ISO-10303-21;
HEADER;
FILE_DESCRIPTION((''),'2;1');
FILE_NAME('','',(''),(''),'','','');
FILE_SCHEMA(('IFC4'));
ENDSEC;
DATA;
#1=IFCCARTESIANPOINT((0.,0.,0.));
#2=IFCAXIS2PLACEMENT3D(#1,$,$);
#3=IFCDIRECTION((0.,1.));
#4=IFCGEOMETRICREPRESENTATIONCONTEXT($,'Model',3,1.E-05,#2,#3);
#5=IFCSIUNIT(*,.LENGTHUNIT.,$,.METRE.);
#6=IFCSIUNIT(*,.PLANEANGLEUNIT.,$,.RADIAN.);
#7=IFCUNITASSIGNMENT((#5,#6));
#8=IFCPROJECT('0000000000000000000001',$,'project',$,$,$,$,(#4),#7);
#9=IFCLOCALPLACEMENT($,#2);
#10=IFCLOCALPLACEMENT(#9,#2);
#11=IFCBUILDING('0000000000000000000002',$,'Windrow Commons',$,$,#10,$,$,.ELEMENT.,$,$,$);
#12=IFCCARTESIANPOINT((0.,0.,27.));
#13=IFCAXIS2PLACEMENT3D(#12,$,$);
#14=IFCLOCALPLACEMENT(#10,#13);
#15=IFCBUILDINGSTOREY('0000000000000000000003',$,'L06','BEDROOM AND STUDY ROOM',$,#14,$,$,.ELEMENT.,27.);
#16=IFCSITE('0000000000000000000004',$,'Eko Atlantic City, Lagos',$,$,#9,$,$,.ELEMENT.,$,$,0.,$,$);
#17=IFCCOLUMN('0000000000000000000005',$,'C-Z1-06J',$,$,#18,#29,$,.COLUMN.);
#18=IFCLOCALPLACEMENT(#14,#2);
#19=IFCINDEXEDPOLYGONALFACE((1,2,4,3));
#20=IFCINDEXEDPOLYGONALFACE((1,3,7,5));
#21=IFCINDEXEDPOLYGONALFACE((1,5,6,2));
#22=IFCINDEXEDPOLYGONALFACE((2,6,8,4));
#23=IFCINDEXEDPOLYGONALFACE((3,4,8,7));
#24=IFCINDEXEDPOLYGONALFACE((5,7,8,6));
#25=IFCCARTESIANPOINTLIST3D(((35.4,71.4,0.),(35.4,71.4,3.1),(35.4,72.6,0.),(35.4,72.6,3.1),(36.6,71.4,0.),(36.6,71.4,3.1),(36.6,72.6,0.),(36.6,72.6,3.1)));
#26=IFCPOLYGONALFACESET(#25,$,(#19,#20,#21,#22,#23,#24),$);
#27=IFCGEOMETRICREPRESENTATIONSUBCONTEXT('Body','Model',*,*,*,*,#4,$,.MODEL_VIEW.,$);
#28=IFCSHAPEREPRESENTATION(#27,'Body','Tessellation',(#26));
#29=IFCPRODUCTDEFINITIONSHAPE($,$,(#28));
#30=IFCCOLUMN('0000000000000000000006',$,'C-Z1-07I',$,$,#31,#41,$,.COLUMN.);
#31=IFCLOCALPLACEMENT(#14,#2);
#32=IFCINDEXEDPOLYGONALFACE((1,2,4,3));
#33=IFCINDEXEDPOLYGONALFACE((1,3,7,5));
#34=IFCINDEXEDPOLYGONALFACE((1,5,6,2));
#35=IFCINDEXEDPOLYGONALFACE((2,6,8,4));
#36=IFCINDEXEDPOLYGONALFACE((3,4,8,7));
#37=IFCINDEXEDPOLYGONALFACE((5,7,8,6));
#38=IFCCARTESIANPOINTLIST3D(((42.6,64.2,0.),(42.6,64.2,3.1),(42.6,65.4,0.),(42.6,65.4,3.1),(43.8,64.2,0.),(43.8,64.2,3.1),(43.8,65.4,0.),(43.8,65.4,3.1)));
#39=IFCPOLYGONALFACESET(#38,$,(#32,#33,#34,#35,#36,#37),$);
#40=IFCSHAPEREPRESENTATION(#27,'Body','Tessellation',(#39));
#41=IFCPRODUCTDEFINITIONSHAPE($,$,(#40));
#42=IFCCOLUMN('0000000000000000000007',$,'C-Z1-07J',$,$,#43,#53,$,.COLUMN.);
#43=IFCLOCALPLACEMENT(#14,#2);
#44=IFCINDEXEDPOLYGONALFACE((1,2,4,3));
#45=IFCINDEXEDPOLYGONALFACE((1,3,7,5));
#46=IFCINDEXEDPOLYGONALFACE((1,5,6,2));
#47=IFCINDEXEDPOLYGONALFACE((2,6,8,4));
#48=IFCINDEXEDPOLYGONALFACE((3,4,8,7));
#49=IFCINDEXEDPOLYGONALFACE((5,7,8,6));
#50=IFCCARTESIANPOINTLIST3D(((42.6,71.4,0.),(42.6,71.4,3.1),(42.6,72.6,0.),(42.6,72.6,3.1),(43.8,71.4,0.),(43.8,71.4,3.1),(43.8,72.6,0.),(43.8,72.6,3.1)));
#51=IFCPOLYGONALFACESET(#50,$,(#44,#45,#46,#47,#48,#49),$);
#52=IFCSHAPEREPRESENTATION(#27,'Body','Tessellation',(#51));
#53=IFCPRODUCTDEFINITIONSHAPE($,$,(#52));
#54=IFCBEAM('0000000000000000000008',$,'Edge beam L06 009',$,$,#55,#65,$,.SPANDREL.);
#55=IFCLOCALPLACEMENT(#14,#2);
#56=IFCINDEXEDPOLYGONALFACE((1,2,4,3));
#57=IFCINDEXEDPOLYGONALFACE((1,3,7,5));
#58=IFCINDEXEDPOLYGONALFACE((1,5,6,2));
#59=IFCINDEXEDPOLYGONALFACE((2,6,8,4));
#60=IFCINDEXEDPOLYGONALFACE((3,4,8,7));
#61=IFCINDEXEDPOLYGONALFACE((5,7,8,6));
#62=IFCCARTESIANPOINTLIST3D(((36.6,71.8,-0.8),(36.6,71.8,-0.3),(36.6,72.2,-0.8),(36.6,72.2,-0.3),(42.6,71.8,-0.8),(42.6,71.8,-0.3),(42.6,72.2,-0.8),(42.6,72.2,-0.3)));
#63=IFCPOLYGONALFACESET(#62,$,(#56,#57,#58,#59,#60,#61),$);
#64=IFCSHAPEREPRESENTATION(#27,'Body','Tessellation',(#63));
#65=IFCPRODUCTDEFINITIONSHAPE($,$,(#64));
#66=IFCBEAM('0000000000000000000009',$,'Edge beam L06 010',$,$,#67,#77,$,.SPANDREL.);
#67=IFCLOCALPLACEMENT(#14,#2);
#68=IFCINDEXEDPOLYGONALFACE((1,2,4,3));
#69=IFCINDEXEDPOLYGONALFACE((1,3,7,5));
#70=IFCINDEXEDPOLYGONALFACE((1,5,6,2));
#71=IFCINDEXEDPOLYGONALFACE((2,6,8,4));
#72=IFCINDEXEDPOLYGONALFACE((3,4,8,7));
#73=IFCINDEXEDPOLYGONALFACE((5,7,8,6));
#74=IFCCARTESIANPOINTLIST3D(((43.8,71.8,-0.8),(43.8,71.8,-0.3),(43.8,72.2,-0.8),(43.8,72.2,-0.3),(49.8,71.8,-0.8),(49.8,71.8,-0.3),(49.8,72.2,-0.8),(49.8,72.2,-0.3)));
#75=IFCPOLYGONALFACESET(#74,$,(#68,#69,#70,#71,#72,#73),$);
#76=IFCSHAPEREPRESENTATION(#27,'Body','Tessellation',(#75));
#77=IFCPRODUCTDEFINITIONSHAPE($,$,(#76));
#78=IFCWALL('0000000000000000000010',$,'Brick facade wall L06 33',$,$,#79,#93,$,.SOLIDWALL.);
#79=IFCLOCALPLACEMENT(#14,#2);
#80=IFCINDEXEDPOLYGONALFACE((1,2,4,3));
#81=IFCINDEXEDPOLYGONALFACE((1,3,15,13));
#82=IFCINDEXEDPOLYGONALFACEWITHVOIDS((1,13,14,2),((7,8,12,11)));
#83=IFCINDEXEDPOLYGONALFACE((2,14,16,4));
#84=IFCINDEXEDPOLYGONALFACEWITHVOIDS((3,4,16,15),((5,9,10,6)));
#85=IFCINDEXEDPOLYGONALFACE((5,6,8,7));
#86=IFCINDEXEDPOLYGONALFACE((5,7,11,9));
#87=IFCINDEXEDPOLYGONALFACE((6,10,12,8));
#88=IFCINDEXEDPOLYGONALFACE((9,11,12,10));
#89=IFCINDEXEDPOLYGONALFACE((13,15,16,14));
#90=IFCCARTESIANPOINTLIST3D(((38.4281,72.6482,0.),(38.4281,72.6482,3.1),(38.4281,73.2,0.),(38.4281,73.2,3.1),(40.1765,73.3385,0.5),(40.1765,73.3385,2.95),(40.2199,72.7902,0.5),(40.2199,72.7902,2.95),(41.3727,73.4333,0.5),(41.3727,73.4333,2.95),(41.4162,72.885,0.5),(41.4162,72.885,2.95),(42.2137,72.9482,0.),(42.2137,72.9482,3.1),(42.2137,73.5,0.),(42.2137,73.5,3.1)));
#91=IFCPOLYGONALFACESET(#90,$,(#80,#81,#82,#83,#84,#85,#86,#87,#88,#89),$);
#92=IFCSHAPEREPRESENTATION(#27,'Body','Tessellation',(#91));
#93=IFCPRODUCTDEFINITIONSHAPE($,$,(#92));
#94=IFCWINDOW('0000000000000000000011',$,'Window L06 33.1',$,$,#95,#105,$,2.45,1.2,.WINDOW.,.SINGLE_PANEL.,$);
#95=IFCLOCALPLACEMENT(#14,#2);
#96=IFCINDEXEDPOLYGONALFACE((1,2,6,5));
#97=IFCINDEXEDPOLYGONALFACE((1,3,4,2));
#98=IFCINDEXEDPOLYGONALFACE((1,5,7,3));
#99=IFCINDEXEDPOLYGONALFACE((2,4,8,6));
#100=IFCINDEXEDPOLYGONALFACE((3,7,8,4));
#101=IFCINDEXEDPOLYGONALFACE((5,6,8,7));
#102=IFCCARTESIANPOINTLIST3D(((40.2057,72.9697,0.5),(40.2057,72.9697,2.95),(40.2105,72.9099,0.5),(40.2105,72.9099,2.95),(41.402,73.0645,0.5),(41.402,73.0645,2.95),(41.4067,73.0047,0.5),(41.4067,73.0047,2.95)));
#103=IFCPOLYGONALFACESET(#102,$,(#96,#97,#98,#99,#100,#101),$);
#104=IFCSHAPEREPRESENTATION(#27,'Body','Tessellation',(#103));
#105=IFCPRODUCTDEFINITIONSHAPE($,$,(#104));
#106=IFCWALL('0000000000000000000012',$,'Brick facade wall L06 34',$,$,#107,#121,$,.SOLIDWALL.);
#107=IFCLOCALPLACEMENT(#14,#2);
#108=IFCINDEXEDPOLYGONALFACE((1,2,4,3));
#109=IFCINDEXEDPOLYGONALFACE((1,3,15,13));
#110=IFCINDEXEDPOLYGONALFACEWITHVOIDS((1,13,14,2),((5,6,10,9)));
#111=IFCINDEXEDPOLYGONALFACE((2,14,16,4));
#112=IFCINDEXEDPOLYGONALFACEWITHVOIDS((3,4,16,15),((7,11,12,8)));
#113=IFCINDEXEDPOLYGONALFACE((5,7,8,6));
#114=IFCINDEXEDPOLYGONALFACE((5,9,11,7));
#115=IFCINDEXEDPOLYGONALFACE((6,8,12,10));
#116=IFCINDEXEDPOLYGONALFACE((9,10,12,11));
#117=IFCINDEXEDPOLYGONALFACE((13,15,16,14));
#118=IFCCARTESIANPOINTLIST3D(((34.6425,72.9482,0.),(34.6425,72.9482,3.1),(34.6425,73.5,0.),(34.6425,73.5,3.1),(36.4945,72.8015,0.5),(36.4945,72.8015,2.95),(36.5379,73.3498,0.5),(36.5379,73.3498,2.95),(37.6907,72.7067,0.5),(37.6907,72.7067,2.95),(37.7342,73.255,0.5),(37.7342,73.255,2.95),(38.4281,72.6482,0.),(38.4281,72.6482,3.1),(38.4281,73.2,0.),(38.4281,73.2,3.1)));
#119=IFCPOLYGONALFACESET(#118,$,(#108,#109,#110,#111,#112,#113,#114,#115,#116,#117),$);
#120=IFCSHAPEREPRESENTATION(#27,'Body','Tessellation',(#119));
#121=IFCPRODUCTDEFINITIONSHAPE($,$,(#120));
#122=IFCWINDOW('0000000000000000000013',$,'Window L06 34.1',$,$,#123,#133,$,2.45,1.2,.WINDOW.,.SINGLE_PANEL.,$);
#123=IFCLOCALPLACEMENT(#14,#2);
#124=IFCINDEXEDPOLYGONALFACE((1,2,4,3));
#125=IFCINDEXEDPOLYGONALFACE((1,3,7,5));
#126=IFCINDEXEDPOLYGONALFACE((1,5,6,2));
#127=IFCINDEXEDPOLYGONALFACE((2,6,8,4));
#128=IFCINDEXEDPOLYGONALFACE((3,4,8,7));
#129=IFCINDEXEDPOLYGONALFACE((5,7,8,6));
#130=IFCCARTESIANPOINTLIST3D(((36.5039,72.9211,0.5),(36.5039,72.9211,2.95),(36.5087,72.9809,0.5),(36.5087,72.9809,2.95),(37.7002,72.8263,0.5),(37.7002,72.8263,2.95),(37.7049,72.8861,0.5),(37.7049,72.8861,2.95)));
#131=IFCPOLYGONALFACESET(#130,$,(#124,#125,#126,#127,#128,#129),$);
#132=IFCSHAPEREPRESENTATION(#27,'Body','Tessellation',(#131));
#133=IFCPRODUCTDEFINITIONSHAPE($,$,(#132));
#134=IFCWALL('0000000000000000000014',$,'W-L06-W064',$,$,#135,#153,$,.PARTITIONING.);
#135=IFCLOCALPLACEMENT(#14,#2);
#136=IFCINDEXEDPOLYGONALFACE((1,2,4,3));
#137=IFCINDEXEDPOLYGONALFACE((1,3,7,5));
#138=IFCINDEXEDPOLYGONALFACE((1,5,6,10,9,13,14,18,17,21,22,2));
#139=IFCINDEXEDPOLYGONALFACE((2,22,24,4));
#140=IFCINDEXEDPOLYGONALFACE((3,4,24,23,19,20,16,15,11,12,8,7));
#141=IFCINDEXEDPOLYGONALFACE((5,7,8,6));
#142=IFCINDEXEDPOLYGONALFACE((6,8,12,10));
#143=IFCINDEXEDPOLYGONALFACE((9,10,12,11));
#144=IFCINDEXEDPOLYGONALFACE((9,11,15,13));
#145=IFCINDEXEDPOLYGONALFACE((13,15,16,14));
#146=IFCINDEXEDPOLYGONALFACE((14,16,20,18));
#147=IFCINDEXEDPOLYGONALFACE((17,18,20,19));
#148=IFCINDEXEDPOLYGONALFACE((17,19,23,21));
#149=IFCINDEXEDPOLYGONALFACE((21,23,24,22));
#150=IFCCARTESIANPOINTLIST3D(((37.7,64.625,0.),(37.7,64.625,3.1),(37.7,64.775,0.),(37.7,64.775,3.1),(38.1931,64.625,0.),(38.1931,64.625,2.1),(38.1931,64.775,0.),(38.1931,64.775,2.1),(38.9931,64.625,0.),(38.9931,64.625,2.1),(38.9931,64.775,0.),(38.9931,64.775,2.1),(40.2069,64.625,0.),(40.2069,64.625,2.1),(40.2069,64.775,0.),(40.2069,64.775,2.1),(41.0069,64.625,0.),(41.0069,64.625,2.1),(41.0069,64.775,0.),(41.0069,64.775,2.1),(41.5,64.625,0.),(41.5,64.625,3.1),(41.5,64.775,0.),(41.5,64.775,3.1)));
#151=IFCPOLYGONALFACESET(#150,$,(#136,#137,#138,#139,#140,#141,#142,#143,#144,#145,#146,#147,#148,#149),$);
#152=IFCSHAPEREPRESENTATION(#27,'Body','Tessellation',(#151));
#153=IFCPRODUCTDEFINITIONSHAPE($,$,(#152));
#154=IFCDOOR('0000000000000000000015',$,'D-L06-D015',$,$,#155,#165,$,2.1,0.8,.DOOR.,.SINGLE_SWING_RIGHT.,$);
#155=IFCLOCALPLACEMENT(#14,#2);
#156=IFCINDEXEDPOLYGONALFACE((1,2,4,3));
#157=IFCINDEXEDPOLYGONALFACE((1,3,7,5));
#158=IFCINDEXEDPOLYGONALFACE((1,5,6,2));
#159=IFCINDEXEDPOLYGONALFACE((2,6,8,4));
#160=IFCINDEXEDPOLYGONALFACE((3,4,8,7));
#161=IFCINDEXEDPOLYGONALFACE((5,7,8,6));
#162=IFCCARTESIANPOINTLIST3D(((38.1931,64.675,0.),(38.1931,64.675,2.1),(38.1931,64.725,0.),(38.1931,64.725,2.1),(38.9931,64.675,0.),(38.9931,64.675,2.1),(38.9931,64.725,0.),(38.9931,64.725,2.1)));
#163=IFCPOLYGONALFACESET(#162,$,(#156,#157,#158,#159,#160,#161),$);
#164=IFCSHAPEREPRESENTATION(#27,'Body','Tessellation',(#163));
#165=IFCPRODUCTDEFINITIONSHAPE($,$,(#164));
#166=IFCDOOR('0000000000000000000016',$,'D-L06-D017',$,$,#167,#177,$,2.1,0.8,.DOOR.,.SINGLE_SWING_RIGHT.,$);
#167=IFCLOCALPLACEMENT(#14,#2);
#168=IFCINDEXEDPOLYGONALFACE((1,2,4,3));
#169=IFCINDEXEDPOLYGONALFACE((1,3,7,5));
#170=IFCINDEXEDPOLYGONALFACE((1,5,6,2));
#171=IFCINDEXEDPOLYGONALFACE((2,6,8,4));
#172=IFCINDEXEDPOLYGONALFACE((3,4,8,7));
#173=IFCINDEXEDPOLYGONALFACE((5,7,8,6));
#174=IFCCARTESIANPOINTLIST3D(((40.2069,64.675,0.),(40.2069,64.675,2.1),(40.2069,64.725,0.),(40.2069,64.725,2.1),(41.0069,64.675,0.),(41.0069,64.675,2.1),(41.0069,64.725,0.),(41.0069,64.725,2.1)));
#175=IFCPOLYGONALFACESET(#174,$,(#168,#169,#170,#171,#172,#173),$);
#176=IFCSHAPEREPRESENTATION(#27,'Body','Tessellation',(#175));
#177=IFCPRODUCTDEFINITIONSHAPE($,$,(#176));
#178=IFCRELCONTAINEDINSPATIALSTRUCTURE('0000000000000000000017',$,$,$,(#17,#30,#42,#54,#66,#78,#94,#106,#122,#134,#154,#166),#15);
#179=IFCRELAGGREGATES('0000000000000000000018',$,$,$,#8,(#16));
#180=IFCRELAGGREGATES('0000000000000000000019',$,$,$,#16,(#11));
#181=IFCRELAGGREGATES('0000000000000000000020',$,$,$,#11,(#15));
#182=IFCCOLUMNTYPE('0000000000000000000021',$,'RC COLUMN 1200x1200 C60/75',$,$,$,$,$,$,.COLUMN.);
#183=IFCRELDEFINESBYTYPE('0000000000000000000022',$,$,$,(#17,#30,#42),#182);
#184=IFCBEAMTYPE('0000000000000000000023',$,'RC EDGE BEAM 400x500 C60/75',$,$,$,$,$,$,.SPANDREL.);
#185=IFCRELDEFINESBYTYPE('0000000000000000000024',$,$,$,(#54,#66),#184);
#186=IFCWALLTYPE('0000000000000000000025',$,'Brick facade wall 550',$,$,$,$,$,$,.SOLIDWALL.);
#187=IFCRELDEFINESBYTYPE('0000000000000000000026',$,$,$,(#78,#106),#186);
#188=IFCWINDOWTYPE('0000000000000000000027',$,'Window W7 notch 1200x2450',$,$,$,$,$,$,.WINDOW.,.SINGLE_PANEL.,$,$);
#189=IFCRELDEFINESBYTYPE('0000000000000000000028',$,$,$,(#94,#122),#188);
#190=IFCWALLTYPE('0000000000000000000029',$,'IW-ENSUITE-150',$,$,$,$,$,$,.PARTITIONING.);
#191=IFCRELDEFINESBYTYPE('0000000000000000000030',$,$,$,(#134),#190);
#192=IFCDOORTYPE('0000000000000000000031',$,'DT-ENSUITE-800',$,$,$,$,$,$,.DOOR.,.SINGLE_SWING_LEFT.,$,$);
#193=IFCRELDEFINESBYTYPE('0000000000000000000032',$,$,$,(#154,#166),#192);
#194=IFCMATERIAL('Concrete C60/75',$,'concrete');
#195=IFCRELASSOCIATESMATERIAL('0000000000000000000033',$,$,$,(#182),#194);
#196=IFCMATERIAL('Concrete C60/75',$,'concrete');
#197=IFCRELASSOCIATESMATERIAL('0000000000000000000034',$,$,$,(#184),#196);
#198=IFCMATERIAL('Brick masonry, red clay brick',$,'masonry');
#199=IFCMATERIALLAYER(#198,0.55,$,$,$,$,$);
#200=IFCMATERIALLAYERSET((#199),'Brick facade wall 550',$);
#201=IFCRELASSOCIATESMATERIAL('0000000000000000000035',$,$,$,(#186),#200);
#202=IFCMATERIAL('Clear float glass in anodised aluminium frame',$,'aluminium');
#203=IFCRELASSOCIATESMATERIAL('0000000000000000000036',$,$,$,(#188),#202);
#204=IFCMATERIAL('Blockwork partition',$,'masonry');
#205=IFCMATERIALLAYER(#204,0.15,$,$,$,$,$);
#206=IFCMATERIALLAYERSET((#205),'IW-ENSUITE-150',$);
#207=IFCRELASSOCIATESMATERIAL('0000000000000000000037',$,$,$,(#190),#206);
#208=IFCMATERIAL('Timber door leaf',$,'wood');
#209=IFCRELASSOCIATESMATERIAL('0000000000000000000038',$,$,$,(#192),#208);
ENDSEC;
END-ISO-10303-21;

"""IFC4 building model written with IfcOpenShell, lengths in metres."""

from ifc_helpers import new_model, si_unit, direction, frame, frame_2d, origin, origin_2d, place, context, subcontext, project, spatial, polyline, rectangle, outline, extrude, material, layer, layer_set, material_profile, profile_set, type_object, element, fill, save


model = new_model("IFC4")

# Units and contexts
model_context = context("Model", 3, precision=1e-05, world=origin(), true_north=direction((0.0, 1.0)))
body_context = subcontext(model_context, "Body", "Model", "MODEL_VIEW")
ifc_project = project(units=[si_unit("LENGTHUNIT", "METRE"), si_unit("PLANEANGLEUNIT", "RADIAN")], contexts=[model_context])

# Site, building, storey
site_placement = place(None, origin())
site = spatial("IfcSite", under=ifc_project, at=site_placement, Name="Eko Atlantic City, Lagos", CompositionType="ELEMENT", RefElevation=0.0)
building_placement = place(site_placement, origin())
building = spatial("IfcBuilding", under=site, at=building_placement, Name="Windrow Commons", CompositionType="ELEMENT")
storey_placement = place(building_placement, frame((0.0, 0.0, 27.0)))
storey = spatial("IfcBuildingStorey", under=building, at=storey_placement, Name="L06", Description="BEDROOM AND STUDY ROOM", CompositionType="ELEMENT", Elevation=27.0)

# Columns
ifc_material_1 = material(Name="Concrete C60/75", Category="concrete")
ifc_material_profile_1 = material_profile(ifc_material_1, rectangle(XDim=1.2, YDim=1.2, at=origin_2d()))
ifc_profile_set_1 = profile_set([ifc_material_profile_1], Name="Concrete C60/75")
column_type = type_object("IfcColumnType", Name="RC COLUMN 1200x1200 C60/75", PredefinedType="COLUMN", material=ifc_profile_set_1)
for number, where, z_axis, x_axis, name in (
    (1, (36.0, 72.0, 0.0), (0.0, 0.0, 1.0), (1.0, 0.0, 0.0), "C-Z1-06J"),
    (2, (43.2, 64.8, 0.0), (0.0, 0.0, 1.0), (1.0, 0.0, 0.0), "C-Z1-07I"),
    (3, (43.2, 72.0, 0.0), (0.0, 0.0, 1.0), (1.0, 0.0, 0.0), "C-Z1-07J"),
):
    element("IfcColumn", number, at=place(storey_placement, frame(where, z_axis=z_axis, x_axis=x_axis)), inside=storey, type_object=column_type, Name=name, PredefinedType="COLUMN", context=body_context, shape_type="SweptSolid", body=[
        extrude(rectangle(XDim=1.2, YDim=1.2, at=origin_2d()), origin(), (0.0, 0.0, 1.0), 3.1),
    ])

# Beams
ifc_material_2 = material(Name="Concrete C60/75", Category="concrete")
ifc_material_profile_2 = material_profile(ifc_material_2, rectangle(XDim=0.4, YDim=0.5, at=origin_2d()))
ifc_profile_set_2 = profile_set([ifc_material_profile_2], Name="Concrete C60/75")
beam_type = type_object("IfcBeamType", Name="RC EDGE BEAM 400x500 C60/75", PredefinedType="SPANDREL", material=ifc_profile_set_2)
for number, where, z_axis, x_axis, name in (
    (4, (36.6, 72.0, -0.55), (1.0, 0.0, 0.0), (0.0, 1.0, 0.0), "Edge beam L06 009"),
    (5, (43.8, 72.0, -0.55), (1.0, 0.0, 0.0), (0.0, 1.0, 0.0), "Edge beam L06 010"),
):
    element("IfcBeam", number, at=place(storey_placement, frame(where, z_axis=z_axis, x_axis=x_axis)), inside=storey, type_object=beam_type, Name=name, PredefinedType="SPANDREL", context=body_context, shape_type="SweptSolid", body=[
        extrude(rectangle(XDim=0.4, YDim=0.5, at=origin_2d()), origin(), (0.0, 0.0, 1.0), 6.0),
    ])

# Walls, openings, windows
ifc_material_3 = material(Name="Brick masonry, red clay brick", Category="masonry")
ifc_layer_1 = layer(ifc_material_3, 0.55)
ifc_layer_set_1 = layer_set([ifc_layer_1], Name="Brick facade wall 550")
wall_type_1 = type_object("IfcWallType", Name="Brick facade wall 550", PredefinedType="SOLIDWALL", material=ifc_layer_set_1)
wall_1_placement = place(storey_placement, frame((42.2137, 73.2241, 0.0), z_axis=(0.0, 0.0, 1.0), x_axis=(-0.996875, -0.079, 0.0)))
wall_1 = element("IfcWall", 6, at=wall_1_placement, inside=storey, type_object=wall_type_1, Name="Brick facade wall L06 33", PredefinedType="SOLIDWALL", context=body_context, shape_type="SweptSolid", body=[
    extrude(outline(polyline([(-0.0218, -0.275), (3.7757, -0.275), (3.8193, 0.275), (0.0218, 0.275), (-0.0218, -0.275)])), origin(), (0.0, 0.0, 1.0), 3.1),
])
opening_1_placement = place(wall_1_placement, frame((0.8218, 0.0, 0.5)))
opening_1 = element("IfcOpeningElement", 7, at=opening_1_placement, cuts=wall_1, PredefinedType="OPENING", context=body_context, shape_type="SweptSolid", body=[
    extrude(rectangle(XDim=1.2, YDim=2.45, at=frame_2d((0.6, 1.225))), frame((0.0, 0.285, 0.0), z_axis=(0.0, -1.0, 0.0), x_axis=(1.0, 0.0, 0.0)), (0.0, 0.0, 1.0), 0.57),
])
ifc_material_4 = material(Name="Clear float glass in anodised aluminium frame", Category="aluminium")
window_type = type_object("IfcWindowType", Name="Window W7 notch 1200x2450", PartitioningType="SINGLE_PANEL", PredefinedType="WINDOW", material=ifc_material_4)
window_1_placement = place(opening_1_placement, origin())
window_1 = element("IfcWindow", 8, at=window_1_placement, inside=storey, type_object=window_type, Name="Window L06 33.1", OverallHeight=2.45, OverallWidth=1.2, PartitioningType="SINGLE_PANEL", PredefinedType="WINDOW", context=body_context, shape_type="SweptSolid", body=[
    extrude(rectangle(XDim=1.2, YDim=2.45, at=frame_2d((0.6, 1.225))), frame((0.0, 0.155, 0.0), z_axis=(0.0, -1.0, 0.0), x_axis=(1.0, 0.0, 0.0)), (0.0, 0.0, 1.0), 0.06),
])
fill(opening_1, window_1)
wall_2_placement = place(storey_placement, frame((38.4281, 72.9241, 0.0), z_axis=(0.0, 0.0, 1.0), x_axis=(-0.996875, 0.079, 0.0)))
wall_2 = element("IfcWall", 9, at=wall_2_placement, inside=storey, type_object=wall_type_1, Name="Brick facade wall L06 34", PredefinedType="SOLIDWALL", context=body_context, shape_type="SweptSolid", body=[
    extrude(outline(polyline([(0.0218, -0.275), (3.8193, -0.275), (3.7757, 0.275), (-0.0218, 0.275), (0.0218, -0.275)])), origin(), (0.0, 0.0, 1.0), 3.1),
])
opening_2_placement = place(wall_2_placement, frame((0.7179, 0.0, 0.5)))
opening_2 = element("IfcOpeningElement", 10, at=opening_2_placement, cuts=wall_2, PredefinedType="OPENING", context=body_context, shape_type="SweptSolid", body=[
    extrude(rectangle(XDim=1.2, YDim=2.45, at=frame_2d((0.6, 1.225))), frame((0.0, 0.285, 0.0), z_axis=(0.0, -1.0, 0.0), x_axis=(1.0, 0.0, 0.0)), (0.0, 0.0, 1.0), 0.57),
])
window_2_placement = place(opening_2_placement, origin())
window_2 = element("IfcWindow", 11, at=window_2_placement, inside=storey, type_object=window_type, Name="Window L06 34.1", OverallHeight=2.45, OverallWidth=1.2, PartitioningType="SINGLE_PANEL", PredefinedType="WINDOW", context=body_context, shape_type="SweptSolid", body=[
    extrude(rectangle(XDim=1.2, YDim=2.45, at=frame_2d((0.6, 1.225))), frame((0.0, 0.155, 0.0), z_axis=(0.0, -1.0, 0.0), x_axis=(1.0, 0.0, 0.0)), (0.0, 0.0, 1.0), 0.06),
])
fill(opening_2, window_2)

# Wall, openings, doors
ifc_material_5 = material(Name="Blockwork partition", Category="masonry")
ifc_layer_2 = layer(ifc_material_5, 0.15)
ifc_layer_set_2 = layer_set([ifc_layer_2], Name="IW-ENSUITE-150")
wall_type_2 = type_object("IfcWallType", Name="IW-ENSUITE-150", PredefinedType="PARTITIONING", material=ifc_layer_set_2)
wall_3_placement = place(storey_placement, frame((37.7, 64.7, 0.0), z_axis=(0.0, 0.0, 1.0), x_axis=(1.0, 0.0, 0.0)))
wall_3 = element("IfcWall", 12, at=wall_3_placement, inside=storey, type_object=wall_type_2, Name="W-L06-W064", PredefinedType="PARTITIONING", context=body_context, shape_type="SweptSolid", body=[
    extrude(rectangle(XDim=3.8, YDim=0.15, at=frame_2d((1.9, 0.0))), origin(), (0.0, 0.0, 1.0), 3.1),
])
opening_3_placement = place(wall_3_placement, frame((0.4931, 0.0, 0.0)))
opening_3 = element("IfcOpeningElement", 13, at=opening_3_placement, cuts=wall_3, PredefinedType="OPENING", context=body_context, shape_type="SweptSolid", body=[
    extrude(rectangle(XDim=0.8, YDim=2.1, at=frame_2d((0.4, 1.05))), frame((0.0, 0.085, 0.0), z_axis=(0.0, -1.0, 0.0), x_axis=(1.0, 0.0, 0.0)), (0.0, 0.0, 1.0), 0.17),
])
opening_4_placement = place(wall_3_placement, frame((2.5069, 0.0, 0.0)))
opening_4 = element("IfcOpeningElement", 14, at=opening_4_placement, cuts=wall_3, PredefinedType="OPENING", context=body_context, shape_type="SweptSolid", body=[
    extrude(rectangle(XDim=0.8, YDim=2.1, at=frame_2d((0.4, 1.05))), frame((0.0, 0.085, 0.0), z_axis=(0.0, -1.0, 0.0), x_axis=(1.0, 0.0, 0.0)), (0.0, 0.0, 1.0), 0.17),
])
ifc_material_6 = material(Name="Timber door leaf", Category="wood")
door_type = type_object("IfcDoorType", Name="DT-ENSUITE-800", OperationType="SINGLE_SWING_LEFT", PredefinedType="DOOR", material=ifc_material_6)
door_1_placement = place(opening_3_placement, origin())
door_1 = element("IfcDoor", 15, at=door_1_placement, inside=storey, type_object=door_type, Name="D-L06-D015", OperationType="SINGLE_SWING_RIGHT", OverallHeight=2.1, OverallWidth=0.8, PredefinedType="DOOR", context=body_context, shape_type="SweptSolid", body=[
    extrude(rectangle(XDim=0.8, YDim=2.1, at=frame_2d((0.4, 1.05))), frame((0.0, 0.025, 0.0), z_axis=(0.0, -1.0, 0.0), x_axis=(1.0, 0.0, 0.0)), (0.0, 0.0, 1.0), 0.05),
])
fill(opening_3, door_1)
door_2_placement = place(opening_4_placement, origin())
door_2 = element("IfcDoor", 16, at=door_2_placement, inside=storey, type_object=door_type, Name="D-L06-D017", OperationType="SINGLE_SWING_RIGHT", OverallHeight=2.1, OverallWidth=0.8, PredefinedType="DOOR", context=body_context, shape_type="SweptSolid", body=[
    extrude(rectangle(XDim=0.8, YDim=2.1, at=frame_2d((0.4, 1.05))), frame((0.0, 0.025, 0.0), z_axis=(0.0, -1.0, 0.0), x_axis=(1.0, 0.0, 0.0)), (0.0, 0.0, 1.0), 0.05),
])
fill(opening_4, door_2)

save(model, "model.ifc")
